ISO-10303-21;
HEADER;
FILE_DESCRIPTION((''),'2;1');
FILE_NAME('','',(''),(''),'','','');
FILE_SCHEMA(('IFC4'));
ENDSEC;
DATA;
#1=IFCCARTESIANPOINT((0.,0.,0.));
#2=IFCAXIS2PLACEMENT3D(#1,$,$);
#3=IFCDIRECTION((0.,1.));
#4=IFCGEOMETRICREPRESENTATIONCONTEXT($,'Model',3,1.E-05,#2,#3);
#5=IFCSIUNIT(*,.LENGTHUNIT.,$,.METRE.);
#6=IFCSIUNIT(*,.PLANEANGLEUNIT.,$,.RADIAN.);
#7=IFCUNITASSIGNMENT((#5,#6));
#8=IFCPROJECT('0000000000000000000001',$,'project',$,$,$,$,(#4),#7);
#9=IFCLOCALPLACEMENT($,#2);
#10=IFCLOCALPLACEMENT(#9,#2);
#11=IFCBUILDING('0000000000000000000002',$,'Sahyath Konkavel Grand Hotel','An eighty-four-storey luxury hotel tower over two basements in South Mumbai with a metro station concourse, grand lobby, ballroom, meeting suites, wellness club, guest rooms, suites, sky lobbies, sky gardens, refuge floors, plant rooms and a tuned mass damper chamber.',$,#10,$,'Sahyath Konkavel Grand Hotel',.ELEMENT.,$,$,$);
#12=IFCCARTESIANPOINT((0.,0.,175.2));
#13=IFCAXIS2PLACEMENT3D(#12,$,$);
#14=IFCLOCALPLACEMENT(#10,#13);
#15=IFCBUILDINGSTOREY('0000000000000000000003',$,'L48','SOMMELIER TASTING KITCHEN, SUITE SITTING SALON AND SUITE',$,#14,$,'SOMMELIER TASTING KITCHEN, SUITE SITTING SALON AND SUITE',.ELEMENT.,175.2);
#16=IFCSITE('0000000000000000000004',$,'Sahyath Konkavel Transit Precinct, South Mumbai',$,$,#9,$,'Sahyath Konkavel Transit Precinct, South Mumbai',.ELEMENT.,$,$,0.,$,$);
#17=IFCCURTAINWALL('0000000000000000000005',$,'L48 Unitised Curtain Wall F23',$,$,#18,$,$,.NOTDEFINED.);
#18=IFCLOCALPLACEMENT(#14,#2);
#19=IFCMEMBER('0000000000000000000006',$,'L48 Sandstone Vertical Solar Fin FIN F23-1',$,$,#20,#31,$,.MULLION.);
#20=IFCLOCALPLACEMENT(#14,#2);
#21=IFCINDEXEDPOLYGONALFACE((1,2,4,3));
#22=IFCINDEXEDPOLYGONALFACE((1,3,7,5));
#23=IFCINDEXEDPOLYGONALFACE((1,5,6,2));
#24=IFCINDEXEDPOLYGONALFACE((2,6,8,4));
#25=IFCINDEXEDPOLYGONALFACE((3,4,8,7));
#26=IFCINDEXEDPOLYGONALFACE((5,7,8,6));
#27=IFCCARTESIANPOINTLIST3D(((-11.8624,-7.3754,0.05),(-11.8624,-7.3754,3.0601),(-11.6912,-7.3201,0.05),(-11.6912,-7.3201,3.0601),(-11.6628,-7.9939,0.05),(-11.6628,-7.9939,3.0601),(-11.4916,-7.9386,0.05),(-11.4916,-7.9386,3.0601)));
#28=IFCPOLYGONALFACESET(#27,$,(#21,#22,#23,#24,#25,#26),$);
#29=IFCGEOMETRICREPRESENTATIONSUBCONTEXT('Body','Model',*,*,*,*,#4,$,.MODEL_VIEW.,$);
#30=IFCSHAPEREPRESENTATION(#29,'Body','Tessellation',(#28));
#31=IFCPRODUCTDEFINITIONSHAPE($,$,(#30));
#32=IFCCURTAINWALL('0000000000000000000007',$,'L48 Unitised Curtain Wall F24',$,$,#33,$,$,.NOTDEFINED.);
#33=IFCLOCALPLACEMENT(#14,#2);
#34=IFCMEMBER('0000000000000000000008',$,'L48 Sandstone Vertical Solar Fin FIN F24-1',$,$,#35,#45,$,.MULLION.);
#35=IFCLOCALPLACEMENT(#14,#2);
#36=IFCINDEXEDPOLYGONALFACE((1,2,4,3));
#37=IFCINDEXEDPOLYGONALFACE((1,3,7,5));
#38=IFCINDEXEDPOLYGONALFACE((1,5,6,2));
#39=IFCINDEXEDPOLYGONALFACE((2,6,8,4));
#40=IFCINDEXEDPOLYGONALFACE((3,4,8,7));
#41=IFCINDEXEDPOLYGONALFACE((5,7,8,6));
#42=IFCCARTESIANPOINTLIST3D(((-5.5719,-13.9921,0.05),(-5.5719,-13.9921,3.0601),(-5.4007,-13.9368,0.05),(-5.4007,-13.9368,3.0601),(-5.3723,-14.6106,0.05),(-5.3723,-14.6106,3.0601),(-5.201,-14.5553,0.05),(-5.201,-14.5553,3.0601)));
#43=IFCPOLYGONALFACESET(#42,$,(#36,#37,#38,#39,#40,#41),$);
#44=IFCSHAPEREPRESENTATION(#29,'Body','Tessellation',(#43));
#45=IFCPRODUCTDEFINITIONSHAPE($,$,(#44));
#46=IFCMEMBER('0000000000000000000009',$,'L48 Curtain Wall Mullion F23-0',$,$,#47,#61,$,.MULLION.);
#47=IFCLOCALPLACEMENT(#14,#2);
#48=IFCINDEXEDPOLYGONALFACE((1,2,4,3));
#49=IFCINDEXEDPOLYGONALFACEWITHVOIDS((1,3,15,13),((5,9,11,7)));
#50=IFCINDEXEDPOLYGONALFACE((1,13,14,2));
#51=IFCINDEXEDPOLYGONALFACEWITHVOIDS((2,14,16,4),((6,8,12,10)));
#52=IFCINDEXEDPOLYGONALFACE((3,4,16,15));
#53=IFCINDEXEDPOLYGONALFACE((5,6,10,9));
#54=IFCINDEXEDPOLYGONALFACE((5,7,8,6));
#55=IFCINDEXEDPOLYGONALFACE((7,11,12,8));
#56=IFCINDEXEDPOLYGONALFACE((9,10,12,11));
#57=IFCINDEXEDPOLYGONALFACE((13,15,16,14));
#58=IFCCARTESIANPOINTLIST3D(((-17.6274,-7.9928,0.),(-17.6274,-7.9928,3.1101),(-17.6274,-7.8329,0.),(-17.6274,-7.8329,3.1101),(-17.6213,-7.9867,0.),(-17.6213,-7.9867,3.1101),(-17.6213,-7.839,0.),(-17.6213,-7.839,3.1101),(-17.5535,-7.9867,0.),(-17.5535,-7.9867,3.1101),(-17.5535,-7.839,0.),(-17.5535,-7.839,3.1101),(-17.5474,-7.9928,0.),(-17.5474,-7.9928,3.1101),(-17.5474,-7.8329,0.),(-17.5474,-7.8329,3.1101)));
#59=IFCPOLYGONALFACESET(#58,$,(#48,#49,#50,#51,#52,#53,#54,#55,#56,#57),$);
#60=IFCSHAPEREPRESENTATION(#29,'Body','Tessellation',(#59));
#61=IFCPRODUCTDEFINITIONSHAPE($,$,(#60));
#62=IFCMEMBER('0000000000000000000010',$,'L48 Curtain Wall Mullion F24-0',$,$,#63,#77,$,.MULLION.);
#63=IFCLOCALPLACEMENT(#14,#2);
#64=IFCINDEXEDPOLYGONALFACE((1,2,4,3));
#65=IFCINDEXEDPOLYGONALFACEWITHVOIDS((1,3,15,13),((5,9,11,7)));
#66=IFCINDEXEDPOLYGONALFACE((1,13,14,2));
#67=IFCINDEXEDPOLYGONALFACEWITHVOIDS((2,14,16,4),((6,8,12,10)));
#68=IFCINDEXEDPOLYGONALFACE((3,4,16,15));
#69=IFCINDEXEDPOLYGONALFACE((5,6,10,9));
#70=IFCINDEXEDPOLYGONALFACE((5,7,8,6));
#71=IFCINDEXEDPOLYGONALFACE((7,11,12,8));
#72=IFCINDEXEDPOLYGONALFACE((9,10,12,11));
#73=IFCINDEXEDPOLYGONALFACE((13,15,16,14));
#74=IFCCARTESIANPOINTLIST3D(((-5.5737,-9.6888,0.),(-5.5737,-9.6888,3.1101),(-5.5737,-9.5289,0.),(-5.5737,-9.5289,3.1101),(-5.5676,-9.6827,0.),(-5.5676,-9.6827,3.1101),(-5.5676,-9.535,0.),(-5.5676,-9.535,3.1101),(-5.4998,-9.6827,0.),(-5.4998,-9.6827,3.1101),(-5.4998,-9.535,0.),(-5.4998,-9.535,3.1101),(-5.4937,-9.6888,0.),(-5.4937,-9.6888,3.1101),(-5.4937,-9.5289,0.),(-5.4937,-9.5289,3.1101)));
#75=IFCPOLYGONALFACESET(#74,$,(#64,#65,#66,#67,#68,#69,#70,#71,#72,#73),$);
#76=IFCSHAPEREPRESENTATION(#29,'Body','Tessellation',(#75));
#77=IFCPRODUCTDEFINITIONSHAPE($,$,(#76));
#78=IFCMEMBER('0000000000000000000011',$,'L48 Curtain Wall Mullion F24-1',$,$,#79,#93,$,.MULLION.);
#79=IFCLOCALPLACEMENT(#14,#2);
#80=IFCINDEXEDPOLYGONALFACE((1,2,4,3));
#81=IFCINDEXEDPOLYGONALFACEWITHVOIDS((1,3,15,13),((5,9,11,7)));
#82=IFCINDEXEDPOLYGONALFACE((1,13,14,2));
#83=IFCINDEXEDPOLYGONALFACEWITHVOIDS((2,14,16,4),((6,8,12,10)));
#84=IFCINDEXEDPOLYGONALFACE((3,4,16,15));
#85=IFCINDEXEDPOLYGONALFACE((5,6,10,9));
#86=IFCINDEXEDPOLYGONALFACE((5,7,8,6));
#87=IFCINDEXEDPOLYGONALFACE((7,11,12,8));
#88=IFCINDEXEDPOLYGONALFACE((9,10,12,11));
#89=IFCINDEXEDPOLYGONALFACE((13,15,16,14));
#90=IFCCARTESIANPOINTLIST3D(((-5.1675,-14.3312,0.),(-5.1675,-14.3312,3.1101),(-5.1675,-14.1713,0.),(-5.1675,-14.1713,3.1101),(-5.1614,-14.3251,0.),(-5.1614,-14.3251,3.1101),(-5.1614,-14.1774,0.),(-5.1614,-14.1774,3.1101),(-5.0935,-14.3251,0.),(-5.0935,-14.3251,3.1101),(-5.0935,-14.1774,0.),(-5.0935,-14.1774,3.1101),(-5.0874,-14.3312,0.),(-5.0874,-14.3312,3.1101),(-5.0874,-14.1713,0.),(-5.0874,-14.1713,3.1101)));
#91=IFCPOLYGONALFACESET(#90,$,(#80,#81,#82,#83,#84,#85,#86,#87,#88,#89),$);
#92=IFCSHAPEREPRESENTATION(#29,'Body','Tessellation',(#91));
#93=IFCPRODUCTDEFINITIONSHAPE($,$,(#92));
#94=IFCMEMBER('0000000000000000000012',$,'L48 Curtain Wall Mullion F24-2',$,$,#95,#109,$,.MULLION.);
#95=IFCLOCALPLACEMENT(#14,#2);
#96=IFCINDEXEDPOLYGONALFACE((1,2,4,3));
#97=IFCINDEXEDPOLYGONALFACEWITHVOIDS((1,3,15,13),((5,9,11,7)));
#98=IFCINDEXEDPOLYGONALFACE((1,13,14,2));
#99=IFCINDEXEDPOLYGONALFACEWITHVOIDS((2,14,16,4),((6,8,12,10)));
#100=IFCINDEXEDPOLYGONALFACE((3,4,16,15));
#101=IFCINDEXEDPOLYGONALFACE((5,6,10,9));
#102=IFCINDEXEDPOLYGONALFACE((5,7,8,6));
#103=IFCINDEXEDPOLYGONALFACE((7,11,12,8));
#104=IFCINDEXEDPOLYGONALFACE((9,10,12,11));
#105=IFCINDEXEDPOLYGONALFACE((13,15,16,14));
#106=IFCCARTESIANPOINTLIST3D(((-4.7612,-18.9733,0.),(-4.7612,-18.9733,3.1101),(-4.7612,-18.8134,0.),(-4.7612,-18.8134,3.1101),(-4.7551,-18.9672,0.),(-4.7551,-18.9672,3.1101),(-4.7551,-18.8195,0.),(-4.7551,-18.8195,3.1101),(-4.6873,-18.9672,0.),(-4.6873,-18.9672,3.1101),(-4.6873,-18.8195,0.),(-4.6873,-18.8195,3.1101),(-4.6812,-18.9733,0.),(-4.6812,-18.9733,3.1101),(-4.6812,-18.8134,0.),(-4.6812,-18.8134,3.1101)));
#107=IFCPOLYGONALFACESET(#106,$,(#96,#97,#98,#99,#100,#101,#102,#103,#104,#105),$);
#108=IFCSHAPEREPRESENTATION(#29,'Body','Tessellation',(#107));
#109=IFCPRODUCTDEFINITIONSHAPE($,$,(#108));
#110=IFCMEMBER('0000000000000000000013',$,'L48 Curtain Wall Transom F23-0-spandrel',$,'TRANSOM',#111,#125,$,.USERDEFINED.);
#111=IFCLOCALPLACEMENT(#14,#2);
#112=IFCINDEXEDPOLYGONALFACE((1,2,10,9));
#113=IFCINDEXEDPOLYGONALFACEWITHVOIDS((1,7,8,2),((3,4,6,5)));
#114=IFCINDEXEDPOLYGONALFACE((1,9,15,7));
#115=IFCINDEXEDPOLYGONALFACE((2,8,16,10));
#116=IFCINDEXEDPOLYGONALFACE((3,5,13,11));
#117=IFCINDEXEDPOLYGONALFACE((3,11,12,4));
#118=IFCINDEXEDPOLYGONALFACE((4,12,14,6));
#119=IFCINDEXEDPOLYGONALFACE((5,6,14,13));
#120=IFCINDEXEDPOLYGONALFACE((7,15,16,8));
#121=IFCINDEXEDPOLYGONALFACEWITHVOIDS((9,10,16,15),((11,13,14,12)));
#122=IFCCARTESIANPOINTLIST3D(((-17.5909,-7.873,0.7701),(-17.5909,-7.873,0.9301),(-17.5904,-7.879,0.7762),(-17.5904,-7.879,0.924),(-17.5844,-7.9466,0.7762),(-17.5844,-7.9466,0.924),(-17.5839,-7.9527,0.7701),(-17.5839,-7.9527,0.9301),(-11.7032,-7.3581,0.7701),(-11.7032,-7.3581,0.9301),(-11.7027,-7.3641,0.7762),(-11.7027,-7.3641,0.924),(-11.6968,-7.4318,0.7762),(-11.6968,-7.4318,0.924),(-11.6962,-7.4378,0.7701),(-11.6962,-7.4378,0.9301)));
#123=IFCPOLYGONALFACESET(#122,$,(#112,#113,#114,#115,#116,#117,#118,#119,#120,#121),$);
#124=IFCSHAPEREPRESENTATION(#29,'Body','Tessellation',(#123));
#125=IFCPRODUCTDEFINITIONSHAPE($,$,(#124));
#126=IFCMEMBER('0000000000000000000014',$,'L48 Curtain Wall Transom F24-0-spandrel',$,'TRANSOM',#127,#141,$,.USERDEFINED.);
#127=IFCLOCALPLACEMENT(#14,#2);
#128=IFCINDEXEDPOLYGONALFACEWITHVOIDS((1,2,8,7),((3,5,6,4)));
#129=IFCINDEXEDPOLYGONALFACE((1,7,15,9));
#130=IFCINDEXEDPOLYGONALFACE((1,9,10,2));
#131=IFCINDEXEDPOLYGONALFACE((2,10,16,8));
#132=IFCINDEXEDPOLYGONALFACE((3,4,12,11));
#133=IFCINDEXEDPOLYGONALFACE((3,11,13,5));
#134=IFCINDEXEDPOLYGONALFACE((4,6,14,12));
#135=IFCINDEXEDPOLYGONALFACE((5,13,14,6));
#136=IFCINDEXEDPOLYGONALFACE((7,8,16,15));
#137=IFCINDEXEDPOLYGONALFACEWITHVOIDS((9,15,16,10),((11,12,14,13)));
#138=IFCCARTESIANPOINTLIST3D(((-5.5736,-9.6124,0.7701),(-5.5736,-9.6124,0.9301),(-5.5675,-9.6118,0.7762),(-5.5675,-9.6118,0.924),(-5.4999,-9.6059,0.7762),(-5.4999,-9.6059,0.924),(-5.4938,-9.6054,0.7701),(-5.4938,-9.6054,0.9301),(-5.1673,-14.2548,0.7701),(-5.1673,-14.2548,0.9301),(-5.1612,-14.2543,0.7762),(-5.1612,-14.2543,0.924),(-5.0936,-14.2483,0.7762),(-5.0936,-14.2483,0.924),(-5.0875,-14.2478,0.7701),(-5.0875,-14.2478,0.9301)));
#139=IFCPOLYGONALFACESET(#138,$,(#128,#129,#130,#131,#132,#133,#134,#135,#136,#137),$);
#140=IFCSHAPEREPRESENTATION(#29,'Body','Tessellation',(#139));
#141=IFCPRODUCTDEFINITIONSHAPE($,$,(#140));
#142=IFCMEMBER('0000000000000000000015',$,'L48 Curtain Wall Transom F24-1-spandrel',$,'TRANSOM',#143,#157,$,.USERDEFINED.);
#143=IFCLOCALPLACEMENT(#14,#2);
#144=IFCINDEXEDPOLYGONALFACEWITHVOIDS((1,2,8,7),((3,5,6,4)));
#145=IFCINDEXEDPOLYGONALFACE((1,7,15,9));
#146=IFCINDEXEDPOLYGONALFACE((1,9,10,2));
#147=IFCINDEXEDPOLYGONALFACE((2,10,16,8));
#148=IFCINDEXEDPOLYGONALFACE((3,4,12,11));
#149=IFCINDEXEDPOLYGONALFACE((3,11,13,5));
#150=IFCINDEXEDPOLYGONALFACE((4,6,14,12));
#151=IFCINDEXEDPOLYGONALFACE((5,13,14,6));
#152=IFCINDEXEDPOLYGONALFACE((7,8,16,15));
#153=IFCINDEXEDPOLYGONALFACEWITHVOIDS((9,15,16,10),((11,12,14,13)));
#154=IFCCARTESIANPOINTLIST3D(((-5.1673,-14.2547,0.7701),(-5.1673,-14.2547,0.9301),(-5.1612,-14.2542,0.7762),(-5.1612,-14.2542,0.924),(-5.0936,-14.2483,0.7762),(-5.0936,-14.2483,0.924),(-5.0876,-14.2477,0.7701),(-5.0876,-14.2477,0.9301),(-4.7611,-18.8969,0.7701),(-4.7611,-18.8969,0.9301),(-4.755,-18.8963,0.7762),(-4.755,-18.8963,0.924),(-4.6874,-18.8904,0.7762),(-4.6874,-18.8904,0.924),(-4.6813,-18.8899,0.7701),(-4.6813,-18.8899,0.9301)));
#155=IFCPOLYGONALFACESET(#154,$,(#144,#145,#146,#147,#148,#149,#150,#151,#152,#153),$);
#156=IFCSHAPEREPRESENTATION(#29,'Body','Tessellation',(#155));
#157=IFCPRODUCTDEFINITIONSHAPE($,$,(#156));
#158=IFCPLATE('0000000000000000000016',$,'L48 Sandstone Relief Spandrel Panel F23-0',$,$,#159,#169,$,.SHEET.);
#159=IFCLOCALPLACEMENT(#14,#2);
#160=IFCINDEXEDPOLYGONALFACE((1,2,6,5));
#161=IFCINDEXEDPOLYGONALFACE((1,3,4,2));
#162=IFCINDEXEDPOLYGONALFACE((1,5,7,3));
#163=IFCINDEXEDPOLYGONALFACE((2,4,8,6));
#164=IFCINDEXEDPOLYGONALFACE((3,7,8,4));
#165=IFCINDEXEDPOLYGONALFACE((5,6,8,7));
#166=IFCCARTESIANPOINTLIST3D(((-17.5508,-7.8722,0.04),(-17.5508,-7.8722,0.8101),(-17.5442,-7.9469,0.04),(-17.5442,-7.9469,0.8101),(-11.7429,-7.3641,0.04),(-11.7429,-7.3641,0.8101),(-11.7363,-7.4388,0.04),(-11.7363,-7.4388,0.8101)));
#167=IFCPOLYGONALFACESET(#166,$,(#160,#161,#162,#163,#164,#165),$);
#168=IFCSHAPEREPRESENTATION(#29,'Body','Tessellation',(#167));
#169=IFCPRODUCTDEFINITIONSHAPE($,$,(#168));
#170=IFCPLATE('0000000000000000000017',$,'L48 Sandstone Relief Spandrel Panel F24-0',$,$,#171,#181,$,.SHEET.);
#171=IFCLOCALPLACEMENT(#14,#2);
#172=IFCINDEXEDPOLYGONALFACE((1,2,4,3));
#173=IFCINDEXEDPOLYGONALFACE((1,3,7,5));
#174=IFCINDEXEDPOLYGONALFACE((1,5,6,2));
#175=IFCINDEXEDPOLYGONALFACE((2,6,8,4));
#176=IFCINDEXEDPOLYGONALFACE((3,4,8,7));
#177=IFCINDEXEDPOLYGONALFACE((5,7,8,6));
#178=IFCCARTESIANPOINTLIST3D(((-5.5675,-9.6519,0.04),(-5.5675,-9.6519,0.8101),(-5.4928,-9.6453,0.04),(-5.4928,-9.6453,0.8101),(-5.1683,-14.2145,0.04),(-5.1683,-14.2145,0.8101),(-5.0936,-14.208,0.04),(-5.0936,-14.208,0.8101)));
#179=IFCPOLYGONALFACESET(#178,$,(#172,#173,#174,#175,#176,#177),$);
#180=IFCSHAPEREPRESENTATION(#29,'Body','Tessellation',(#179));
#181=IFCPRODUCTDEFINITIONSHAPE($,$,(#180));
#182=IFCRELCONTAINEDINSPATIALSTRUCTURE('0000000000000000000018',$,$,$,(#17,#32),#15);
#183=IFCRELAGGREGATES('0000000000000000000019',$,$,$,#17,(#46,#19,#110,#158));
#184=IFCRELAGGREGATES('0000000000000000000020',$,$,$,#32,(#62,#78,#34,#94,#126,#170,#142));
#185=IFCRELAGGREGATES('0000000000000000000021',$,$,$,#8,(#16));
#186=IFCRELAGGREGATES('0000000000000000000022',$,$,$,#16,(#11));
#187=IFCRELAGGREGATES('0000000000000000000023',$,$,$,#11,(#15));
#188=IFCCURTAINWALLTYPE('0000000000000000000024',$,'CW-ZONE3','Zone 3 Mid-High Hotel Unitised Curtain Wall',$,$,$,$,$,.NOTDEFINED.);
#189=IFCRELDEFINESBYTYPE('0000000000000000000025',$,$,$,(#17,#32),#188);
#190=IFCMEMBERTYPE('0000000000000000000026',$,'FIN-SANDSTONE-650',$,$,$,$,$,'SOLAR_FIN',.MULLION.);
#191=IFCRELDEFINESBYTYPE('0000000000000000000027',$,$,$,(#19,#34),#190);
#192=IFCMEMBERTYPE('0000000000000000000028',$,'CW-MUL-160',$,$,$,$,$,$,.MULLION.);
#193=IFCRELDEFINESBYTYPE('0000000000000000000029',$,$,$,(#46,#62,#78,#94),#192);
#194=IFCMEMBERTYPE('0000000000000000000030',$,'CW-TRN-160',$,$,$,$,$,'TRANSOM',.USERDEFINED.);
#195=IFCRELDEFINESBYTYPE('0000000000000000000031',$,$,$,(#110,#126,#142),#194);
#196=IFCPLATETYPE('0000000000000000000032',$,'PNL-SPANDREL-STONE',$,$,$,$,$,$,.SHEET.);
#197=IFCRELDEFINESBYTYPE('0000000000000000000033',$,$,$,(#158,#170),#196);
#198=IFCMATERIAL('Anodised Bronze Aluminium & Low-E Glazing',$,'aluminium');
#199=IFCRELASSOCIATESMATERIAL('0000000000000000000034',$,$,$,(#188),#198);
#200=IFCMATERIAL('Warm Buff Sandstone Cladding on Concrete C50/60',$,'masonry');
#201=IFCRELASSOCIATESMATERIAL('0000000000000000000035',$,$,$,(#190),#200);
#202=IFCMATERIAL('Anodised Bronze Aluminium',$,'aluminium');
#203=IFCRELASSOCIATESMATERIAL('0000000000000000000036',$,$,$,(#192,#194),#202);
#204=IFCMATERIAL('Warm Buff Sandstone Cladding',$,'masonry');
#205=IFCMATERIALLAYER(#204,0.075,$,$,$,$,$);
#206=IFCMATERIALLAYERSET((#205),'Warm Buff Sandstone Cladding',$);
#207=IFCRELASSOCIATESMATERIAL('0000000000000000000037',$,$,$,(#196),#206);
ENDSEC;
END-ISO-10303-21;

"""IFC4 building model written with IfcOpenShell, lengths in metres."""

from ifc_helpers import new_model, si_unit, direction, frame, origin, origin_2d, place, context, subcontext, project, spatial, rectangle, hollow_rectangle, extrude, source, transform, mapped, material, layer, layer_set, material_profile, profile_set, type_object, element, aggregate, save


model = new_model("IFC4")

# Units and contexts
model_context = context("Model", 3, precision=1e-05, world=origin(), true_north=direction((0.0, 1.0)))
body_context = subcontext(model_context, "Body", "Model", "MODEL_VIEW")
ifc_project = project(units=[si_unit("LENGTHUNIT", "METRE"), si_unit("PLANEANGLEUNIT", "RADIAN")], contexts=[model_context])

# Site, building, storey
site_placement = place(None, origin())
site = spatial("IfcSite", under=ifc_project, at=site_placement, Name="Sahyath Konkavel Transit Precinct, South Mumbai", LongName="Sahyath Konkavel Transit Precinct, South Mumbai", CompositionType="ELEMENT", RefElevation=0.0)
building_placement = place(site_placement, origin())
building = spatial("IfcBuilding", under=site, at=building_placement, Name="Sahyath Konkavel Grand Hotel", Description="An eighty-four-storey luxury hotel tower over two basements in South Mumbai with a metro station concourse, grand lobby, ballroom, meeting suites, wellness club, guest rooms, suites, sky lobbies, sky gardens, refuge floors, plant rooms and a tuned mass damper chamber.", LongName="Sahyath Konkavel Grand Hotel", CompositionType="ELEMENT")
storey_placement = place(building_placement, frame((0.0, 0.0, 175.2)))
storey = spatial("IfcBuildingStorey", under=building, at=storey_placement, Name="L48", Description="SOMMELIER TASTING KITCHEN, SUITE SITTING SALON AND SUITE", LongName="SOMMELIER TASTING KITCHEN, SUITE SITTING SALON AND SUITE", CompositionType="ELEMENT", Elevation=175.2)

# Curtain walls, members
ifc_material_1 = material(Name="Anodised Bronze Aluminium & Low-E Glazing", Category="aluminium")
curtain_wall_type = type_object("IfcCurtainWallType", Name="CW-ZONE3", Description="Zone 3 Mid-High Hotel Unitised Curtain Wall", PredefinedType="NOTDEFINED", material=ifc_material_1)
curtain_wall_1_placement = place(storey_placement, origin())
curtain_wall_1 = element("IfcCurtainWall", 1, at=curtain_wall_1_placement, inside=storey, type_object=curtain_wall_type, Name="L48 Unitised Curtain Wall F23", PredefinedType="NOTDEFINED")
ifc_material_2 = material(Name="Warm Buff Sandstone Cladding on Concrete C50/60", Category="masonry")
ifc_material_profile_1 = material_profile(ifc_material_2, rectangle(XDim=0.1799, YDim=0.6499, at=origin_2d()), Name="FIN 180x650")
ifc_profile_set_1 = profile_set([ifc_material_profile_1], Name="Warm Buff Sandstone Cladding on Concrete C50/60")
member_type_1 = type_object("IfcMemberType", Name="FIN-SANDSTONE-650", ElementType="SOLAR_FIN", PredefinedType="MULLION", material=ifc_profile_set_1)
shared_shape_1 = source(origin(), body_context, "Body", "SweptSolid", [
    extrude(rectangle(XDim=0.1799, YDim=0.6499, at=origin_2d()), origin(), (0.0, 0.0, 1.0), 3.01),
])
member_1_placement = place(storey_placement, frame((-11.677, -7.657, 0.05), z_axis=(0.0, 0.0, 1.0), x_axis=(0.951648, 0.307191, 0.0)))
member_1 = element("IfcMember", 2, at=member_1_placement, type_object=member_type_1, Name="L48 Sandstone Vertical Solar Fin FIN F23-1", PredefinedType="MULLION", context=body_context, shape_type="MappedRepresentation", body=[
    mapped(shared_shape_1, transform((0.0, 0.0, 0.0), scale=1.0)),
])
curtain_wall_2_placement = place(storey_placement, origin())
curtain_wall_2 = element("IfcCurtainWall", 3, at=curtain_wall_2_placement, inside=storey, type_object=curtain_wall_type, Name="L48 Unitised Curtain Wall F24", PredefinedType="NOTDEFINED")
member_2_placement = place(storey_placement, frame((-5.3865, -14.2737, 0.05), z_axis=(0.0, 0.0, 1.0), x_axis=(0.951648, 0.307191, 0.0)))
member_2 = element("IfcMember", 4, at=member_2_placement, type_object=member_type_1, Name="L48 Sandstone Vertical Solar Fin FIN F24-1", PredefinedType="MULLION", context=body_context, shape_type="MappedRepresentation", body=[
    mapped(shared_shape_1, transform((0.0, 0.0, 0.0), scale=1.0)),
])

# Members
ifc_material_3 = material(Name="Anodised Bronze Aluminium", Category="aluminium")
ifc_material_profile_2 = material_profile(ifc_material_3, hollow_rectangle(XDim=0.0801, YDim=0.1599, WallThickness=0.0061, at=origin_2d()), Name="RHS 160x80x6")
ifc_profile_set_2 = profile_set([ifc_material_profile_2], Name="Anodised Bronze Aluminium")
member_type_2 = type_object("IfcMemberType", Name="CW-MUL-160", PredefinedType="MULLION", material=ifc_profile_set_2)
shared_shape_2 = source(origin(), body_context, "Body", "SweptSolid", [
    extrude(hollow_rectangle(XDim=0.0801, YDim=0.1599, WallThickness=0.0061, at=origin_2d()), origin(), (0.0, 0.0, 1.0), 3.1101),
])
member_3_placement = place(storey_placement, frame((-17.5874, -7.9128, 0.0), z_axis=(0.0, 0.0, 1.0), x_axis=(1.0, 0.0, 0.0)))
member_3 = element("IfcMember", 5, at=member_3_placement, type_object=member_type_2, Name="L48 Curtain Wall Mullion F23-0", PredefinedType="MULLION", context=body_context, shape_type="MappedRepresentation", body=[
    mapped(shared_shape_2, transform((0.0, 0.0, 0.0), scale=1.0)),
])
member_4_placement = place(storey_placement, frame((-5.5337, -9.6089, 0.0), z_axis=(0.0, 0.0, 1.0), x_axis=(1.0, 0.0, 0.0)))
member_4 = element("IfcMember", 6, at=member_4_placement, type_object=member_type_2, Name="L48 Curtain Wall Mullion F24-0", PredefinedType="MULLION", context=body_context, shape_type="MappedRepresentation", body=[
    mapped(shared_shape_2, transform((0.0, 0.0, 0.0), scale=1.0)),
])
member_5_placement = place(storey_placement, frame((-5.1274, -14.2512, 0.0), z_axis=(0.0, 0.0, 1.0), x_axis=(1.0, 0.0, 0.0)))
member_5 = element("IfcMember", 7, at=member_5_placement, type_object=member_type_2, Name="L48 Curtain Wall Mullion F24-1", PredefinedType="MULLION", context=body_context, shape_type="MappedRepresentation", body=[
    mapped(shared_shape_2, transform((0.0, 0.0, 0.0), scale=1.0)),
])
member_6_placement = place(storey_placement, frame((-4.7212, -18.8933, 0.0), z_axis=(0.0, 0.0, 1.0), x_axis=(1.0, 0.0, 0.0)))
member_6 = element("IfcMember", 8, at=member_6_placement, type_object=member_type_2, Name="L48 Curtain Wall Mullion F24-2", PredefinedType="MULLION", context=body_context, shape_type="MappedRepresentation", body=[
    mapped(shared_shape_2, transform((0.0, 0.0, 0.0), scale=1.0)),
])
ifc_material_profile_3 = material_profile(ifc_material_3, hollow_rectangle(XDim=0.0801, YDim=0.1599, WallThickness=0.0061, at=origin_2d()), Name="RHS 160x80x6")
ifc_profile_set_3 = profile_set([ifc_material_profile_3], Name="Anodised Bronze Aluminium")
member_type_3 = type_object("IfcMemberType", Name="CW-TRN-160", ElementType="TRANSOM", PredefinedType="USERDEFINED", material=ifc_profile_set_3)
shared_shape_3 = source(origin(), body_context, "Body", "SweptSolid", [
    extrude(hollow_rectangle(XDim=0.0801, YDim=0.1599, WallThickness=0.0061, at=origin_2d()), origin(), (0.0, 0.0, 1.0), 5.9102),
])
member_7_placement = place(storey_placement, frame((-17.5874, -7.9128, 0.8501), z_axis=(0.996198, 0.08712, 0.0), x_axis=(-0.08712, 0.996198, 0.0)))
member_7 = element("IfcMember", 9, at=member_7_placement, type_object=member_type_3, Name="L48 Curtain Wall Transom F23-0-spandrel", ObjectType="TRANSOM", PredefinedType="USERDEFINED", context=body_context, shape_type="MappedRepresentation", body=[
    mapped(shared_shape_3, transform((0.0, 0.0, 0.0), scale=1.0)),
])
shared_shape_4 = source(origin(), body_context, "Body", "SweptSolid", [
    extrude(hollow_rectangle(XDim=0.0801, YDim=0.1599, WallThickness=0.0061, at=origin_2d()), origin(), (0.0, 0.0, 1.0), 4.6602),
])
member_8_placement = place(storey_placement, frame((-5.5337, -9.6089, 0.8501), z_axis=(0.087177, -0.996193, 0.0), x_axis=(0.996193, 0.087177, 0.0)))
member_8 = element("IfcMember", 10, at=member_8_placement, type_object=member_type_3, Name="L48 Curtain Wall Transom F24-0-spandrel", ObjectType="TRANSOM", PredefinedType="USERDEFINED", context=body_context, shape_type="MappedRepresentation", body=[
    mapped(shared_shape_4, transform((0.0, 0.0, 0.0), scale=1.0)),
])
shared_shape_5 = source(origin(), body_context, "Body", "SweptSolid", [
    extrude(hollow_rectangle(XDim=0.0801, YDim=0.1599, WallThickness=0.0061, at=origin_2d()), origin(), (0.0, 0.0, 1.0), 4.6599),
])
member_9_placement = place(storey_placement, frame((-5.1274, -14.2512, 0.8501), z_axis=(0.087181, -0.996192, 0.0), x_axis=(0.996192, 0.087181, 0.0)))
member_9 = element("IfcMember", 11, at=member_9_placement, type_object=member_type_3, Name="L48 Curtain Wall Transom F24-1-spandrel", ObjectType="TRANSOM", PredefinedType="USERDEFINED", context=body_context, shape_type="MappedRepresentation", body=[
    mapped(shared_shape_5, transform((0.0, 0.0, 0.0), scale=1.0)),
])

# Plates
ifc_material_4 = material(Name="Warm Buff Sandstone Cladding", Category="masonry")
ifc_layer_1 = layer(ifc_material_4, 0.075)
ifc_layer_set_1 = layer_set([ifc_layer_1], Name="Warm Buff Sandstone Cladding")
plate_type_1 = type_object("IfcPlateType", Name="PNL-SPANDREL-STONE", PredefinedType="SHEET", material=ifc_layer_set_1)
shared_shape_6 = source(origin(), body_context, "Body", "SweptSolid", [
    extrude(rectangle(XDim=5.8301, YDim=0.075, at=origin_2d()), origin(), (0.0, 0.0, 1.0), 0.77),
])
plate_1_placement = place(storey_placement, frame((-14.6436, -7.6555, 0.04), z_axis=(0.0, 0.0, 1.0), x_axis=(0.996195, 0.087156, 0.0)))
plate_1 = element("IfcPlate", 12, at=plate_1_placement, type_object=plate_type_1, Name="L48 Sandstone Relief Spandrel Panel F23-0", PredefinedType="SHEET", context=body_context, shape_type="MappedRepresentation", body=[
    mapped(shared_shape_6, transform((0.0, 0.0, 0.0), scale=1.0)),
])
shared_shape_7 = source(origin(), body_context, "Body", "SweptSolid", [
    extrude(rectangle(XDim=4.5801, YDim=0.075, at=origin_2d()), origin(), (0.0, 0.0, 1.0), 0.77),
])
plate_2_placement = place(storey_placement, frame((-5.3306, -11.9299, 0.04), z_axis=(0.0, 0.0, 1.0), x_axis=(0.087156, -0.996195, 0.0)))
plate_2 = element("IfcPlate", 13, at=plate_2_placement, type_object=plate_type_1, Name="L48 Sandstone Relief Spandrel Panel F24-0", PredefinedType="SHEET", context=body_context, shape_type="MappedRepresentation", body=[
    mapped(shared_shape_7, transform((0.0, 0.0, 0.0), scale=1.0)),
])
aggregate(curtain_wall_1, [member_3, member_1, member_7, plate_1])
aggregate(curtain_wall_2, [member_4, member_5, member_2, member_6, member_8, plate_2, member_9])

save(model, "model.ifc")
